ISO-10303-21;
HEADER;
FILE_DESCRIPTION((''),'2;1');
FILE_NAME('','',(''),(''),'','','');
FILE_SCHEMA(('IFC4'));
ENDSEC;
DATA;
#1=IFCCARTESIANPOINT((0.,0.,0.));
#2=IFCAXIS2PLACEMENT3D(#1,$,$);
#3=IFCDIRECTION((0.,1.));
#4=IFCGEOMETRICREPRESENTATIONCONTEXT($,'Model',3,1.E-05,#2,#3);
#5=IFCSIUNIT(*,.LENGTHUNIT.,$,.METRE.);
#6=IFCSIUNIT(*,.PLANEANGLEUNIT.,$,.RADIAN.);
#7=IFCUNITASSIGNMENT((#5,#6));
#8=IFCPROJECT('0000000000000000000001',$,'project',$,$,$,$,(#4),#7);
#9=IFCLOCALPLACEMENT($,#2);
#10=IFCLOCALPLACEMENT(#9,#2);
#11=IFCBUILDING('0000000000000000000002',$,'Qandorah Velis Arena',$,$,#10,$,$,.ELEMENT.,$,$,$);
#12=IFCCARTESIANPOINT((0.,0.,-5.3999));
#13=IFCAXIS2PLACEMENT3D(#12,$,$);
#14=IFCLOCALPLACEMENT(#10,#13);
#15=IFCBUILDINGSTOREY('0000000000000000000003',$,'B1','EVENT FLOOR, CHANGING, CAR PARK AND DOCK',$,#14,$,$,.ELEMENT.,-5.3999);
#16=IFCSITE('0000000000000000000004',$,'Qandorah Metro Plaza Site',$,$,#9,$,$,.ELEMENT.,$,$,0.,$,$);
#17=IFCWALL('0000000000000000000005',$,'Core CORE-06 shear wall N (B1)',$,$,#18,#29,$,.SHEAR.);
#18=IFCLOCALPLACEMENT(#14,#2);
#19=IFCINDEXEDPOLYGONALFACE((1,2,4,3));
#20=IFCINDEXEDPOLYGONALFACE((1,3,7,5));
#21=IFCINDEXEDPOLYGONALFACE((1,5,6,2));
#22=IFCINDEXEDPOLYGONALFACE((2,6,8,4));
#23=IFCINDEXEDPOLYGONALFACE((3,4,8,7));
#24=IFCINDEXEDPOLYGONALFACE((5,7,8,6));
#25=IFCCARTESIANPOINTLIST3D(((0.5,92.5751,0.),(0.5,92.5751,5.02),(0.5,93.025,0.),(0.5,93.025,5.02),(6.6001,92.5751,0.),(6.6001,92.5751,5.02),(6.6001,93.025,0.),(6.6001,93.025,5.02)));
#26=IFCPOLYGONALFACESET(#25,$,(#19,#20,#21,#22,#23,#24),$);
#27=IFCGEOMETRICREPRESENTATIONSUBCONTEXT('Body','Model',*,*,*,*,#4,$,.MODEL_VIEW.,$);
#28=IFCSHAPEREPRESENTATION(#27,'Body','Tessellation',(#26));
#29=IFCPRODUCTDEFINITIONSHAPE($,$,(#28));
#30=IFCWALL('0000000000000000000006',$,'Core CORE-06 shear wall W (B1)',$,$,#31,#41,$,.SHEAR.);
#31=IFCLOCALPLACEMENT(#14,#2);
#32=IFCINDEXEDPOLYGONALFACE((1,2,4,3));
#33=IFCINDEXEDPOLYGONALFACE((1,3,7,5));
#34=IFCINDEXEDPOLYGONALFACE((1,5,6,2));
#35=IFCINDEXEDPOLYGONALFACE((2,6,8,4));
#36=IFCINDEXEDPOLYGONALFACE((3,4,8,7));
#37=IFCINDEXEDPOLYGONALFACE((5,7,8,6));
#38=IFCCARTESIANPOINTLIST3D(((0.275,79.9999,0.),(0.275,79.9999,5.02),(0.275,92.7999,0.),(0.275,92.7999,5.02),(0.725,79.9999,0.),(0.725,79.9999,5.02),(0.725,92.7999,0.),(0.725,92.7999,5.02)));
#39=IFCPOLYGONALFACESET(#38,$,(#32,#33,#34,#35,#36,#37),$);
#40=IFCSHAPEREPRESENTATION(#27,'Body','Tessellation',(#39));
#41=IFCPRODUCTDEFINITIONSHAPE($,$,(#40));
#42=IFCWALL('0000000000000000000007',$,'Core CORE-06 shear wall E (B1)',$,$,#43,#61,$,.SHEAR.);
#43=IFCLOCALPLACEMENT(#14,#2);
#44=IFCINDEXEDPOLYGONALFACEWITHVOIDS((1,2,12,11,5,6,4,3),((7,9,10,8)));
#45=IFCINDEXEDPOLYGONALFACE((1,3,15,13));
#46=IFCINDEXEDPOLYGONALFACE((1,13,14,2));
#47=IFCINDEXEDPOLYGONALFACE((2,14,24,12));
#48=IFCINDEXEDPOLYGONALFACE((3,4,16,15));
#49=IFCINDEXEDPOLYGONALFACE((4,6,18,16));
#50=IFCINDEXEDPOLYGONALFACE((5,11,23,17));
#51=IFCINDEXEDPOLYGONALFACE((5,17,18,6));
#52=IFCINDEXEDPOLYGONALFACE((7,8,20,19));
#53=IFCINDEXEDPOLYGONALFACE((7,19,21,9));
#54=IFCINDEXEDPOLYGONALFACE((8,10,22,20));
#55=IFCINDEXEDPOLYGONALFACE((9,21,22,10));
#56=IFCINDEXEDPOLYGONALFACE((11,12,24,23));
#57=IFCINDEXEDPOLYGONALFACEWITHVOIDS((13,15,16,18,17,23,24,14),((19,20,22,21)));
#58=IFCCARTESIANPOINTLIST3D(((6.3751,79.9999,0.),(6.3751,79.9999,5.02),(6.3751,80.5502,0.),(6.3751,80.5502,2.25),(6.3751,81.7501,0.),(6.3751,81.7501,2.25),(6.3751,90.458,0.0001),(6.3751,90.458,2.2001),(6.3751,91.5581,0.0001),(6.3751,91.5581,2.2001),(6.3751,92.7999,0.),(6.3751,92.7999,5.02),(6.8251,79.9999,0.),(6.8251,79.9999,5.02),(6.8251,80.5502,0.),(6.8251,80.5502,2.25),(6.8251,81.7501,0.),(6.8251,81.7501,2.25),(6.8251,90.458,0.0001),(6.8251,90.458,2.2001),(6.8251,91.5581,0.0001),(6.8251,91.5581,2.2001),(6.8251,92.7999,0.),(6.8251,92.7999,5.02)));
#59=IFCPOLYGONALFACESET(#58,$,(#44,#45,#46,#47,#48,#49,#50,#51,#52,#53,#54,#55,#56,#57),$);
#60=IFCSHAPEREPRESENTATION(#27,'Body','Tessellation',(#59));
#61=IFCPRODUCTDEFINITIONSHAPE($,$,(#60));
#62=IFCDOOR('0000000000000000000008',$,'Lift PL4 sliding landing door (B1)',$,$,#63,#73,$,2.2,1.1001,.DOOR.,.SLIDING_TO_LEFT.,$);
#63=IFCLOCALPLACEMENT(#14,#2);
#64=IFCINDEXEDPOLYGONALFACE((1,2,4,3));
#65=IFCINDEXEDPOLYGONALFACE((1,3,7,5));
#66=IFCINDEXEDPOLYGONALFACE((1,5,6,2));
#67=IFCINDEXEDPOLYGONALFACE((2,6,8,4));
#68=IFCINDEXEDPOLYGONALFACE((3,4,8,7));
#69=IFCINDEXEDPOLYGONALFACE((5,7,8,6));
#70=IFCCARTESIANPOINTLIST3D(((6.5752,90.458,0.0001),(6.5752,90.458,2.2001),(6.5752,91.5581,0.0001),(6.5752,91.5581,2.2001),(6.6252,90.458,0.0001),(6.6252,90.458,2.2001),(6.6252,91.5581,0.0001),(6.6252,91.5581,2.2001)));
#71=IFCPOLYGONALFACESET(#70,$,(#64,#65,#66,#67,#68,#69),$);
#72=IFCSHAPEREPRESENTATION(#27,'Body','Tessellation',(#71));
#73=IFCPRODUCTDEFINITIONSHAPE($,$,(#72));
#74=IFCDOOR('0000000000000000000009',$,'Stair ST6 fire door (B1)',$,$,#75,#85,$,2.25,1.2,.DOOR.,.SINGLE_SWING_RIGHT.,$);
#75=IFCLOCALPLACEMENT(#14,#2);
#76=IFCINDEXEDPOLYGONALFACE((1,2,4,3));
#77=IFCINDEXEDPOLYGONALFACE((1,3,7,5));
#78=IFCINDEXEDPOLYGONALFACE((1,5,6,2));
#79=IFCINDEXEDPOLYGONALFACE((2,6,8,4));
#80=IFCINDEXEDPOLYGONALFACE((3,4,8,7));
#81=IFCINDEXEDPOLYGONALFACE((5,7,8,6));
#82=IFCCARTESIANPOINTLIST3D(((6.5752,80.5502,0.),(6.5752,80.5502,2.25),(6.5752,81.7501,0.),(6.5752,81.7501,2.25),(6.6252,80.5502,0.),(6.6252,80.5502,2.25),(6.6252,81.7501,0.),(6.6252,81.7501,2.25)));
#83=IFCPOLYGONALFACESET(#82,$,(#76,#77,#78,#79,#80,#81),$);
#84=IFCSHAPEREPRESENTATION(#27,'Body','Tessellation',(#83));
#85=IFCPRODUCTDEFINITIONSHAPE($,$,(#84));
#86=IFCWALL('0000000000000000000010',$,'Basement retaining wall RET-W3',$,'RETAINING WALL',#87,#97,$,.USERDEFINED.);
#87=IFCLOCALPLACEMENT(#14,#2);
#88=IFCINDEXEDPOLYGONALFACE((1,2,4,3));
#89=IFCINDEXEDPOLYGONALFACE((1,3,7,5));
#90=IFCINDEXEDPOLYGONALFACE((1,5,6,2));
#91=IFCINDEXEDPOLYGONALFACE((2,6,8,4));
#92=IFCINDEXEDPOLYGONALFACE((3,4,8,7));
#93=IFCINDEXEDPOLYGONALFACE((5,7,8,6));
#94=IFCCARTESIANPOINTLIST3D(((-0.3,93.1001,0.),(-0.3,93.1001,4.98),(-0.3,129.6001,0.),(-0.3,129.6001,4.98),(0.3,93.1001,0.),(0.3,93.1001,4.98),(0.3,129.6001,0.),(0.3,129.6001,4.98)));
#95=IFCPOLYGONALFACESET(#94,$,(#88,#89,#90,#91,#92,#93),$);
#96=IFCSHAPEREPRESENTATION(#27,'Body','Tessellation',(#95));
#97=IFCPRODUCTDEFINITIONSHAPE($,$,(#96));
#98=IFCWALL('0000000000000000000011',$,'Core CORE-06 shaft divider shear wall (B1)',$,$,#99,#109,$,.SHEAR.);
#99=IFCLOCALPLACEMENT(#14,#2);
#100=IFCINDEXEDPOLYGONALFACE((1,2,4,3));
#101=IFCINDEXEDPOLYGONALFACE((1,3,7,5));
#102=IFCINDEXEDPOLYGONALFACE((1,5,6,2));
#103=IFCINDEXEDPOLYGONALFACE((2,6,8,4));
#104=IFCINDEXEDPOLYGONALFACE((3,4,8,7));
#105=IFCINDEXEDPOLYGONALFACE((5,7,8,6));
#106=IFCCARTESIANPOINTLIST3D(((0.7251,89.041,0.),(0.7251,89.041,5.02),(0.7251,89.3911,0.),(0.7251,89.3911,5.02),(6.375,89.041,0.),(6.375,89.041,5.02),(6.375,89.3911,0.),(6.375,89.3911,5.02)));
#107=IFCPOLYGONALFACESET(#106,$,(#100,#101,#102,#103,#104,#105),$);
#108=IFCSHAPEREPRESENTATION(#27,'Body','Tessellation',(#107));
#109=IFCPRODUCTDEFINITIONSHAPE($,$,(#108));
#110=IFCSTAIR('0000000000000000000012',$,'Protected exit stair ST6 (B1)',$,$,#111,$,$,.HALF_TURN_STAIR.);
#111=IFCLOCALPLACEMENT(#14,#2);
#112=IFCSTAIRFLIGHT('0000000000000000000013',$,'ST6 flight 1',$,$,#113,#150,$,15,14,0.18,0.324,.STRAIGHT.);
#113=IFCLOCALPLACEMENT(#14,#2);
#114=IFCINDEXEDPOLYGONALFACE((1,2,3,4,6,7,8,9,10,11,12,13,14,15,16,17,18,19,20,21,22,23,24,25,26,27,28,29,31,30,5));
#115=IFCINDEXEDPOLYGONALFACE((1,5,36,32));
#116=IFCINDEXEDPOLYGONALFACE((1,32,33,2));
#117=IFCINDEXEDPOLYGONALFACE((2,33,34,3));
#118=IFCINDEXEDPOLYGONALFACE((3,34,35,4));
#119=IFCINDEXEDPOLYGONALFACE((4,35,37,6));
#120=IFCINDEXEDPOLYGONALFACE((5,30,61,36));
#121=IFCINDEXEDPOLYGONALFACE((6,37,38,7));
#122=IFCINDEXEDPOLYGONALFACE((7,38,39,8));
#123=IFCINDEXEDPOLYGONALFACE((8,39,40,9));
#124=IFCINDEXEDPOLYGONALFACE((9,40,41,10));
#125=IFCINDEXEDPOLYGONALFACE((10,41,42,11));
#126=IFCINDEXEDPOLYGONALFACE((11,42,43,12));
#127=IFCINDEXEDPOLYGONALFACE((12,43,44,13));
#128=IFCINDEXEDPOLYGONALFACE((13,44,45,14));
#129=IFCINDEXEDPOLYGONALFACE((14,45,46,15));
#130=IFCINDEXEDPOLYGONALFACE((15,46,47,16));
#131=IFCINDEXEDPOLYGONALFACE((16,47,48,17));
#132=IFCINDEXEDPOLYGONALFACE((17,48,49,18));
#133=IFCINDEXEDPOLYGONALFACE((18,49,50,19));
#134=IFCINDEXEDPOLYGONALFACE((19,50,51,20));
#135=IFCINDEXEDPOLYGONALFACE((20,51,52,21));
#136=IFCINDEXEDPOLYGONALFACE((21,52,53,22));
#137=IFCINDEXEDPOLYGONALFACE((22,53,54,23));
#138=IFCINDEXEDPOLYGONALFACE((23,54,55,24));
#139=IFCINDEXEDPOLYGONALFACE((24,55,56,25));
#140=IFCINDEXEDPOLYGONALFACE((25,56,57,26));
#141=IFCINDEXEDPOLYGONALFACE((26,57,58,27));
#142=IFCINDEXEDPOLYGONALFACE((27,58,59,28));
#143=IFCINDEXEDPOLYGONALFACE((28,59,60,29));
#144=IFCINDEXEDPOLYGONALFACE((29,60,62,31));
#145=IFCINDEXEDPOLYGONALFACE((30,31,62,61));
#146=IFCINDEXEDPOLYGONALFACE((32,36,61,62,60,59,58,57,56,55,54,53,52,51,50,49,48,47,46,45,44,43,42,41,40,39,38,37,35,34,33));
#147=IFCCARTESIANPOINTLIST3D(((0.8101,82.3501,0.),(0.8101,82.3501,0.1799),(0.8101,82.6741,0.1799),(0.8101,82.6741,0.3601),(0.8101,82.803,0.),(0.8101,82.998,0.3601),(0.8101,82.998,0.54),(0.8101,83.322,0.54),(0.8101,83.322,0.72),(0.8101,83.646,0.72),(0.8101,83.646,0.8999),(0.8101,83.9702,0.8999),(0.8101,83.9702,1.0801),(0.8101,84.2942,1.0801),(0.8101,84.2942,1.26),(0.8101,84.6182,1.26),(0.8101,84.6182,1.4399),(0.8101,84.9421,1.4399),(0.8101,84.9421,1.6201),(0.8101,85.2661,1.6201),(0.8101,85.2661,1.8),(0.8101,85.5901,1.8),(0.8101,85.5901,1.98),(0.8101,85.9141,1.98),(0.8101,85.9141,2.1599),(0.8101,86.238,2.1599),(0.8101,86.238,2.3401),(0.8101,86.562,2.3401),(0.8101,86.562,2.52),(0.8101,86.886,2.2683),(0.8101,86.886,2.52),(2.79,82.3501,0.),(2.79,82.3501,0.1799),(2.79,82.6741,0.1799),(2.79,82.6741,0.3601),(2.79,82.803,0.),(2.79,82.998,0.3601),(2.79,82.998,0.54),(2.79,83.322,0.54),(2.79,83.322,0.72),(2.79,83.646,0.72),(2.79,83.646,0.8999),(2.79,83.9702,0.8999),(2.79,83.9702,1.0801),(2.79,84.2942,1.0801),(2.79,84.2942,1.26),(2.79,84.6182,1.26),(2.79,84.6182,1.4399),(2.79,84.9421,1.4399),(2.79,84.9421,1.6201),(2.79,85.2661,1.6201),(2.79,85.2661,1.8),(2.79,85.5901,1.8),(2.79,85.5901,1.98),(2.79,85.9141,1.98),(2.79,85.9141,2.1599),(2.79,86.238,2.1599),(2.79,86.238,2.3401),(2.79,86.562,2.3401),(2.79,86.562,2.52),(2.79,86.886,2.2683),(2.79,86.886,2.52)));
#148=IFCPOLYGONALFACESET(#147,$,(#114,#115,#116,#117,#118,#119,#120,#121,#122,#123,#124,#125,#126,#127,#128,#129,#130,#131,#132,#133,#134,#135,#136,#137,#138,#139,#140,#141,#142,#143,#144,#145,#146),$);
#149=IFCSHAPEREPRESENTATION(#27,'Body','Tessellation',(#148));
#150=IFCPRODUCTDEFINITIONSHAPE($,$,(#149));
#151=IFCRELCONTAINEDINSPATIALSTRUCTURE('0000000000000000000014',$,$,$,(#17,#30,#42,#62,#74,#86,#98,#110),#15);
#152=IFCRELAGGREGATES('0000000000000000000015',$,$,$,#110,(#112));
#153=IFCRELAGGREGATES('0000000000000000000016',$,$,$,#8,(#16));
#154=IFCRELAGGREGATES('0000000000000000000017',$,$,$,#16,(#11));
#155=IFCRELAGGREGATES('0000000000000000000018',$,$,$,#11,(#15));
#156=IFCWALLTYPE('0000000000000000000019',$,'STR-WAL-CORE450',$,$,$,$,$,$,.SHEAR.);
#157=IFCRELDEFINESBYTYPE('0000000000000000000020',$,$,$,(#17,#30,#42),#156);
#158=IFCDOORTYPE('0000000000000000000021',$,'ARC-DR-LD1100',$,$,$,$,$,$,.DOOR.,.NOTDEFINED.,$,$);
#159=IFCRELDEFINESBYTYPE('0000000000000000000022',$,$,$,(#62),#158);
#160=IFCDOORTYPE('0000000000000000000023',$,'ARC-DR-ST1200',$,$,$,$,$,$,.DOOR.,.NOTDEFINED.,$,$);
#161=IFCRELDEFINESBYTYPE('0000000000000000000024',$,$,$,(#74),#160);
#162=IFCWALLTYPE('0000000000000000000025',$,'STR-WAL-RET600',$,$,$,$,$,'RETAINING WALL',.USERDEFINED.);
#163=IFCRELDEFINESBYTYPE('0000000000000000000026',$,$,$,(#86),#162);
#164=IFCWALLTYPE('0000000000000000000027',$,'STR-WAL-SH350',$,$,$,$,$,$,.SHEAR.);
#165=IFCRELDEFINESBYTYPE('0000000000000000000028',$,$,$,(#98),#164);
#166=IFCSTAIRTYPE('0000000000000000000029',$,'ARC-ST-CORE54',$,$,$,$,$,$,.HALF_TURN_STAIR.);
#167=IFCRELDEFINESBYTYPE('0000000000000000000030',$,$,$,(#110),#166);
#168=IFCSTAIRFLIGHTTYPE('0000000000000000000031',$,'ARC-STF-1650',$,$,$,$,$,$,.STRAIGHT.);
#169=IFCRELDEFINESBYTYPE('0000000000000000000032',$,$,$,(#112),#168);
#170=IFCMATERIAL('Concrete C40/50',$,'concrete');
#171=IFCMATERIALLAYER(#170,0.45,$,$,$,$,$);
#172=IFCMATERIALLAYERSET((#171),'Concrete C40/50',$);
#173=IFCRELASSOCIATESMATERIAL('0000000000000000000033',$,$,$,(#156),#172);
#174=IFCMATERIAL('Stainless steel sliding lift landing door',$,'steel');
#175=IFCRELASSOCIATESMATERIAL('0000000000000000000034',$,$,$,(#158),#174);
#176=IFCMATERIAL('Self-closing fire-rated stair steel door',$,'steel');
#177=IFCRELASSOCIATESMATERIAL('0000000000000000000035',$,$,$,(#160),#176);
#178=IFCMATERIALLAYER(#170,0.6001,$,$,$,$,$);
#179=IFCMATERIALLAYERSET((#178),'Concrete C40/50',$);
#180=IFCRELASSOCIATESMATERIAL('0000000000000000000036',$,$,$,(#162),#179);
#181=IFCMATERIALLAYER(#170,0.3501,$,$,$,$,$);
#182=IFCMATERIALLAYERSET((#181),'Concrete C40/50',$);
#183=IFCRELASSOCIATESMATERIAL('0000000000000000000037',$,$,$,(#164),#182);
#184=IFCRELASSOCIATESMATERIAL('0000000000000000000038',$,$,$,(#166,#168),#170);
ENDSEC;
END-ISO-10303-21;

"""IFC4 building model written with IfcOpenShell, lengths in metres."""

from ifc_helpers import new_model, si_unit, direction, frame, frame_2d, origin, place, context, subcontext, project, spatial, polyline, rectangle, outline, extrude, material, layer, layer_set, type_object, element, fill, aggregate, save


model = new_model("IFC4")

# Units and contexts
model_context = context("Model", 3, precision=1e-05, world=origin(), true_north=direction((0.0, 1.0)))
body_context = subcontext(model_context, "Body", "Model", "MODEL_VIEW")
ifc_project = project(units=[si_unit("LENGTHUNIT", "METRE"), si_unit("PLANEANGLEUNIT", "RADIAN")], contexts=[model_context])

# Site, building, storey
site_placement = place(None, origin())
site = spatial("IfcSite", under=ifc_project, at=site_placement, Name="Qandorah Metro Plaza Site", CompositionType="ELEMENT", RefElevation=0.0)
building_placement = place(site_placement, origin())
building = spatial("IfcBuilding", under=site, at=building_placement, Name="Qandorah Velis Arena", CompositionType="ELEMENT")
storey_placement = place(building_placement, frame((0.0, 0.0, -5.3999)))
storey = spatial("IfcBuildingStorey", under=building, at=storey_placement, Name="B1", Description="EVENT FLOOR, CHANGING, CAR PARK AND DOCK", CompositionType="ELEMENT", Elevation=-5.3999)

# Shared definitions
ifc_material_1 = material(Name="Concrete C40/50", Category="concrete")

# Walls
ifc_layer_1 = layer(ifc_material_1, 0.45)
ifc_layer_set_1 = layer_set([ifc_layer_1], Name="Concrete C40/50")
wall_type_1 = type_object("IfcWallType", Name="STR-WAL-CORE450", PredefinedType="SHEAR", material=ifc_layer_set_1)
for number, where, z_axis, x_axis, name in (
    (1, (0.5, 92.8, 0.0), (0.0, 0.0, 1.0), (1.0, 0.0, 0.0), "Core CORE-06 shear wall N (B1)"),
):
    element("IfcWall", number, at=place(storey_placement, frame(where, z_axis=z_axis, x_axis=x_axis)), inside=storey, type_object=wall_type_1, Name=name, PredefinedType="SHEAR", context=body_context, shape_type="SweptSolid", body=[
        extrude(rectangle(XDim=6.1001, YDim=0.45, at=frame_2d((3.05, 0.0))), origin(), (0.0, 0.0, 1.0), 5.02),
    ])
wall_1_placement = place(storey_placement, frame((0.5, 80.0, 0.0), z_axis=(0.0, 0.0, 1.0), x_axis=(0.0, 1.0, 0.0)))
element("IfcWall", 2, at=wall_1_placement, inside=storey, type_object=wall_type_1, Name="Core CORE-06 shear wall W (B1)", PredefinedType="SHEAR", context=body_context, shape_type="SweptSolid", body=[
    extrude(rectangle(XDim=12.8, YDim=0.45, at=frame_2d((6.3999, 0.0))), origin(), (0.0, 0.0, 1.0), 5.02),
])

# Wall, openings, doors
wall_2_placement = place(storey_placement, frame((6.6001, 80.0, 0.0), z_axis=(0.0, 0.0, 1.0), x_axis=(0.0, 1.0, 0.0)))
wall_2 = element("IfcWall", 3, at=wall_2_placement, inside=storey, type_object=wall_type_1, Name="Core CORE-06 shear wall E (B1)", PredefinedType="SHEAR", context=body_context, shape_type="SweptSolid", body=[
    extrude(rectangle(XDim=12.8, YDim=0.45, at=frame_2d((6.3999, 0.0))), origin(), (0.0, 0.0, 1.0), 5.02),
])
opening_1_placement = place(wall_2_placement, frame((0.55, 0.0, 0.0)))
opening_1 = element("IfcOpeningElement", 4, at=opening_1_placement, cuts=wall_2, PredefinedType="OPENING", context=body_context, shape_type="SweptSolid", body=[
    extrude(rectangle(XDim=1.2, YDim=2.25, at=frame_2d((0.6001, 1.125))), frame((0.0, 0.2349, 0.0), z_axis=(0.0, -1.0, 0.0), x_axis=(1.0, 0.0, 0.0)), (0.0, 0.0, 1.0), 0.47),
])
opening_2_placement = place(wall_2_placement, frame((10.458, 0.0, 0.0)))
opening_2 = element("IfcOpeningElement", 5, at=opening_2_placement, cuts=wall_2, PredefinedType="OPENING", context=body_context, shape_type="SweptSolid", body=[
    extrude(rectangle(XDim=1.1001, YDim=2.2, at=frame_2d((0.55, 1.1001))), frame((0.0, 0.2349, 0.0), z_axis=(0.0, -1.0, 0.0), x_axis=(1.0, 0.0, 0.0)), (0.0, 0.0, 1.0), 0.47),
])
ifc_material_2 = material(Name="Stainless steel sliding lift landing door", Category="steel")
door_type_1 = type_object("IfcDoorType", Name="ARC-DR-LD1100", OperationType="NOTDEFINED", PredefinedType="DOOR", material=ifc_material_2)
door_1_placement = place(opening_2_placement, origin())
door_1 = element("IfcDoor", 6, at=door_1_placement, inside=storey, type_object=door_type_1, Name="Lift PL4 sliding landing door (B1)", OperationType="SLIDING_TO_LEFT", OverallHeight=2.2, OverallWidth=1.1001, PredefinedType="DOOR", context=body_context, shape_type="SweptSolid", body=[
    extrude(rectangle(XDim=1.1001, YDim=2.2, at=frame_2d((0.55, 1.1001))), frame((0.0, 0.0249, 0.0), z_axis=(0.0, -1.0, 0.0), x_axis=(1.0, 0.0, 0.0)), (0.0, 0.0, 1.0), 0.05),
])
fill(opening_2, door_1)
ifc_material_3 = material(Name="Self-closing fire-rated stair steel door", Category="steel")
door_type_2 = type_object("IfcDoorType", Name="ARC-DR-ST1200", OperationType="NOTDEFINED", PredefinedType="DOOR", material=ifc_material_3)
door_2_placement = place(opening_1_placement, origin())
door_2 = element("IfcDoor", 7, at=door_2_placement, inside=storey, type_object=door_type_2, Name="Stair ST6 fire door (B1)", OperationType="SINGLE_SWING_RIGHT", OverallHeight=2.25, OverallWidth=1.2, PredefinedType="DOOR", context=body_context, shape_type="SweptSolid", body=[
    extrude(rectangle(XDim=1.2, YDim=2.25, at=frame_2d((0.6001, 1.125))), frame((0.0, 0.0249, 0.0), z_axis=(0.0, -1.0, 0.0), x_axis=(1.0, 0.0, 0.0)), (0.0, 0.0, 1.0), 0.05),
])
fill(opening_1, door_2)

# Walls
ifc_layer_2 = layer(ifc_material_1, 0.6001)
ifc_layer_set_2 = layer_set([ifc_layer_2], Name="Concrete C40/50")
wall_type_2 = type_object("IfcWallType", Name="STR-WAL-RET600", ElementType="RETAINING WALL", PredefinedType="USERDEFINED", material=ifc_layer_set_2)
wall_3_placement = place(storey_placement, frame((0.0, 93.1001, 0.0), z_axis=(0.0, 0.0, 1.0), x_axis=(0.0, 1.0, 0.0)))
element("IfcWall", 8, at=wall_3_placement, inside=storey, type_object=wall_type_2, Name="Basement retaining wall RET-W3", ObjectType="RETAINING WALL", PredefinedType="USERDEFINED", context=body_context, shape_type="SweptSolid", body=[
    extrude(rectangle(XDim=36.5, YDim=0.6001, at=frame_2d((18.25, 0.0))), origin(), (0.0, 0.0, 1.0), 4.98),
])
ifc_layer_3 = layer(ifc_material_1, 0.3501)
ifc_layer_set_3 = layer_set([ifc_layer_3], Name="Concrete C40/50")
wall_type_3 = type_object("IfcWallType", Name="STR-WAL-SH350", PredefinedType="SHEAR", material=ifc_layer_set_3)
wall_4_placement = place(storey_placement, frame((0.7251, 89.2161, 0.0), z_axis=(0.0, 0.0, 1.0), x_axis=(1.0, 0.0, 0.0)))
element("IfcWall", 9, at=wall_4_placement, inside=storey, type_object=wall_type_3, Name="Core CORE-06 shaft divider shear wall (B1)", PredefinedType="SHEAR", context=body_context, shape_type="SweptSolid", body=[
    extrude(rectangle(XDim=5.6499, YDim=0.3501, at=frame_2d((2.825, 0.0))), origin(), (0.0, 0.0, 1.0), 5.02),
])

# Stair, stair flight
stair_type = type_object("IfcStairType", Name="ARC-ST-CORE54", PredefinedType="HALF_TURN_STAIR", material=ifc_material_1)
stair_placement = place(storey_placement, origin())
stair = element("IfcStair", 10, at=stair_placement, inside=storey, type_object=stair_type, Name="Protected exit stair ST6 (B1)", PredefinedType="HALF_TURN_STAIR")
stair_flight_type = type_object("IfcStairFlightType", Name="ARC-STF-1650", PredefinedType="STRAIGHT", material=ifc_material_1)
stair_flight_1_placement = place(storey_placement, frame((1.8, 82.3501, 0.0), z_axis=(0.0, 0.0, 1.0), x_axis=(0.0, 1.0, 0.0)))
stair_flight_1 = element("IfcStairFlight", 11, at=stair_flight_1_placement, type_object=stair_flight_type, Name="ST6 flight 1", NumberOfRisers=15, NumberOfTreads=14, PredefinedType="STRAIGHT", RiserHeight=0.18, TreadLength=0.324, context=body_context, shape_type="SweptSolid", body=[
    extrude(outline(polyline([(0.0, 0.0), (0.0, 0.1799), (0.324, 0.1799), (0.324, 0.3601), (0.6479, 0.3601), (0.6479, 0.54), (0.9719, 0.54), (0.9719, 0.72), (1.2959, 0.72), (1.2959, 0.8999), (1.6201, 0.8999), (1.6201, 1.0801), (1.9441, 1.0801), (1.9441, 1.26), (2.2681, 1.26), (2.2681, 1.4399), (2.592, 1.4399), (2.592, 1.6201), (2.916, 1.6201), (2.916, 1.8), (3.24, 1.8), (3.24, 1.98), (3.564, 1.98), (3.564, 2.1599), (3.8879, 2.1599), (3.8879, 2.3401), (4.2119, 2.3401), (4.2119, 2.52), (4.5359, 2.52), (4.5359, 2.7), (4.5359, 2.2683), (0.4529, 0.0), (0.0, 0.0)])), frame((0.0, 0.99, 0.0), z_axis=(0.0, -1.0, 0.0), x_axis=(1.0, 0.0, 0.0)), (0.0, 0.0, 1.0), 1.98),
])
aggregate(stair, [stair_flight_1])

save(model, "model.ifc")
